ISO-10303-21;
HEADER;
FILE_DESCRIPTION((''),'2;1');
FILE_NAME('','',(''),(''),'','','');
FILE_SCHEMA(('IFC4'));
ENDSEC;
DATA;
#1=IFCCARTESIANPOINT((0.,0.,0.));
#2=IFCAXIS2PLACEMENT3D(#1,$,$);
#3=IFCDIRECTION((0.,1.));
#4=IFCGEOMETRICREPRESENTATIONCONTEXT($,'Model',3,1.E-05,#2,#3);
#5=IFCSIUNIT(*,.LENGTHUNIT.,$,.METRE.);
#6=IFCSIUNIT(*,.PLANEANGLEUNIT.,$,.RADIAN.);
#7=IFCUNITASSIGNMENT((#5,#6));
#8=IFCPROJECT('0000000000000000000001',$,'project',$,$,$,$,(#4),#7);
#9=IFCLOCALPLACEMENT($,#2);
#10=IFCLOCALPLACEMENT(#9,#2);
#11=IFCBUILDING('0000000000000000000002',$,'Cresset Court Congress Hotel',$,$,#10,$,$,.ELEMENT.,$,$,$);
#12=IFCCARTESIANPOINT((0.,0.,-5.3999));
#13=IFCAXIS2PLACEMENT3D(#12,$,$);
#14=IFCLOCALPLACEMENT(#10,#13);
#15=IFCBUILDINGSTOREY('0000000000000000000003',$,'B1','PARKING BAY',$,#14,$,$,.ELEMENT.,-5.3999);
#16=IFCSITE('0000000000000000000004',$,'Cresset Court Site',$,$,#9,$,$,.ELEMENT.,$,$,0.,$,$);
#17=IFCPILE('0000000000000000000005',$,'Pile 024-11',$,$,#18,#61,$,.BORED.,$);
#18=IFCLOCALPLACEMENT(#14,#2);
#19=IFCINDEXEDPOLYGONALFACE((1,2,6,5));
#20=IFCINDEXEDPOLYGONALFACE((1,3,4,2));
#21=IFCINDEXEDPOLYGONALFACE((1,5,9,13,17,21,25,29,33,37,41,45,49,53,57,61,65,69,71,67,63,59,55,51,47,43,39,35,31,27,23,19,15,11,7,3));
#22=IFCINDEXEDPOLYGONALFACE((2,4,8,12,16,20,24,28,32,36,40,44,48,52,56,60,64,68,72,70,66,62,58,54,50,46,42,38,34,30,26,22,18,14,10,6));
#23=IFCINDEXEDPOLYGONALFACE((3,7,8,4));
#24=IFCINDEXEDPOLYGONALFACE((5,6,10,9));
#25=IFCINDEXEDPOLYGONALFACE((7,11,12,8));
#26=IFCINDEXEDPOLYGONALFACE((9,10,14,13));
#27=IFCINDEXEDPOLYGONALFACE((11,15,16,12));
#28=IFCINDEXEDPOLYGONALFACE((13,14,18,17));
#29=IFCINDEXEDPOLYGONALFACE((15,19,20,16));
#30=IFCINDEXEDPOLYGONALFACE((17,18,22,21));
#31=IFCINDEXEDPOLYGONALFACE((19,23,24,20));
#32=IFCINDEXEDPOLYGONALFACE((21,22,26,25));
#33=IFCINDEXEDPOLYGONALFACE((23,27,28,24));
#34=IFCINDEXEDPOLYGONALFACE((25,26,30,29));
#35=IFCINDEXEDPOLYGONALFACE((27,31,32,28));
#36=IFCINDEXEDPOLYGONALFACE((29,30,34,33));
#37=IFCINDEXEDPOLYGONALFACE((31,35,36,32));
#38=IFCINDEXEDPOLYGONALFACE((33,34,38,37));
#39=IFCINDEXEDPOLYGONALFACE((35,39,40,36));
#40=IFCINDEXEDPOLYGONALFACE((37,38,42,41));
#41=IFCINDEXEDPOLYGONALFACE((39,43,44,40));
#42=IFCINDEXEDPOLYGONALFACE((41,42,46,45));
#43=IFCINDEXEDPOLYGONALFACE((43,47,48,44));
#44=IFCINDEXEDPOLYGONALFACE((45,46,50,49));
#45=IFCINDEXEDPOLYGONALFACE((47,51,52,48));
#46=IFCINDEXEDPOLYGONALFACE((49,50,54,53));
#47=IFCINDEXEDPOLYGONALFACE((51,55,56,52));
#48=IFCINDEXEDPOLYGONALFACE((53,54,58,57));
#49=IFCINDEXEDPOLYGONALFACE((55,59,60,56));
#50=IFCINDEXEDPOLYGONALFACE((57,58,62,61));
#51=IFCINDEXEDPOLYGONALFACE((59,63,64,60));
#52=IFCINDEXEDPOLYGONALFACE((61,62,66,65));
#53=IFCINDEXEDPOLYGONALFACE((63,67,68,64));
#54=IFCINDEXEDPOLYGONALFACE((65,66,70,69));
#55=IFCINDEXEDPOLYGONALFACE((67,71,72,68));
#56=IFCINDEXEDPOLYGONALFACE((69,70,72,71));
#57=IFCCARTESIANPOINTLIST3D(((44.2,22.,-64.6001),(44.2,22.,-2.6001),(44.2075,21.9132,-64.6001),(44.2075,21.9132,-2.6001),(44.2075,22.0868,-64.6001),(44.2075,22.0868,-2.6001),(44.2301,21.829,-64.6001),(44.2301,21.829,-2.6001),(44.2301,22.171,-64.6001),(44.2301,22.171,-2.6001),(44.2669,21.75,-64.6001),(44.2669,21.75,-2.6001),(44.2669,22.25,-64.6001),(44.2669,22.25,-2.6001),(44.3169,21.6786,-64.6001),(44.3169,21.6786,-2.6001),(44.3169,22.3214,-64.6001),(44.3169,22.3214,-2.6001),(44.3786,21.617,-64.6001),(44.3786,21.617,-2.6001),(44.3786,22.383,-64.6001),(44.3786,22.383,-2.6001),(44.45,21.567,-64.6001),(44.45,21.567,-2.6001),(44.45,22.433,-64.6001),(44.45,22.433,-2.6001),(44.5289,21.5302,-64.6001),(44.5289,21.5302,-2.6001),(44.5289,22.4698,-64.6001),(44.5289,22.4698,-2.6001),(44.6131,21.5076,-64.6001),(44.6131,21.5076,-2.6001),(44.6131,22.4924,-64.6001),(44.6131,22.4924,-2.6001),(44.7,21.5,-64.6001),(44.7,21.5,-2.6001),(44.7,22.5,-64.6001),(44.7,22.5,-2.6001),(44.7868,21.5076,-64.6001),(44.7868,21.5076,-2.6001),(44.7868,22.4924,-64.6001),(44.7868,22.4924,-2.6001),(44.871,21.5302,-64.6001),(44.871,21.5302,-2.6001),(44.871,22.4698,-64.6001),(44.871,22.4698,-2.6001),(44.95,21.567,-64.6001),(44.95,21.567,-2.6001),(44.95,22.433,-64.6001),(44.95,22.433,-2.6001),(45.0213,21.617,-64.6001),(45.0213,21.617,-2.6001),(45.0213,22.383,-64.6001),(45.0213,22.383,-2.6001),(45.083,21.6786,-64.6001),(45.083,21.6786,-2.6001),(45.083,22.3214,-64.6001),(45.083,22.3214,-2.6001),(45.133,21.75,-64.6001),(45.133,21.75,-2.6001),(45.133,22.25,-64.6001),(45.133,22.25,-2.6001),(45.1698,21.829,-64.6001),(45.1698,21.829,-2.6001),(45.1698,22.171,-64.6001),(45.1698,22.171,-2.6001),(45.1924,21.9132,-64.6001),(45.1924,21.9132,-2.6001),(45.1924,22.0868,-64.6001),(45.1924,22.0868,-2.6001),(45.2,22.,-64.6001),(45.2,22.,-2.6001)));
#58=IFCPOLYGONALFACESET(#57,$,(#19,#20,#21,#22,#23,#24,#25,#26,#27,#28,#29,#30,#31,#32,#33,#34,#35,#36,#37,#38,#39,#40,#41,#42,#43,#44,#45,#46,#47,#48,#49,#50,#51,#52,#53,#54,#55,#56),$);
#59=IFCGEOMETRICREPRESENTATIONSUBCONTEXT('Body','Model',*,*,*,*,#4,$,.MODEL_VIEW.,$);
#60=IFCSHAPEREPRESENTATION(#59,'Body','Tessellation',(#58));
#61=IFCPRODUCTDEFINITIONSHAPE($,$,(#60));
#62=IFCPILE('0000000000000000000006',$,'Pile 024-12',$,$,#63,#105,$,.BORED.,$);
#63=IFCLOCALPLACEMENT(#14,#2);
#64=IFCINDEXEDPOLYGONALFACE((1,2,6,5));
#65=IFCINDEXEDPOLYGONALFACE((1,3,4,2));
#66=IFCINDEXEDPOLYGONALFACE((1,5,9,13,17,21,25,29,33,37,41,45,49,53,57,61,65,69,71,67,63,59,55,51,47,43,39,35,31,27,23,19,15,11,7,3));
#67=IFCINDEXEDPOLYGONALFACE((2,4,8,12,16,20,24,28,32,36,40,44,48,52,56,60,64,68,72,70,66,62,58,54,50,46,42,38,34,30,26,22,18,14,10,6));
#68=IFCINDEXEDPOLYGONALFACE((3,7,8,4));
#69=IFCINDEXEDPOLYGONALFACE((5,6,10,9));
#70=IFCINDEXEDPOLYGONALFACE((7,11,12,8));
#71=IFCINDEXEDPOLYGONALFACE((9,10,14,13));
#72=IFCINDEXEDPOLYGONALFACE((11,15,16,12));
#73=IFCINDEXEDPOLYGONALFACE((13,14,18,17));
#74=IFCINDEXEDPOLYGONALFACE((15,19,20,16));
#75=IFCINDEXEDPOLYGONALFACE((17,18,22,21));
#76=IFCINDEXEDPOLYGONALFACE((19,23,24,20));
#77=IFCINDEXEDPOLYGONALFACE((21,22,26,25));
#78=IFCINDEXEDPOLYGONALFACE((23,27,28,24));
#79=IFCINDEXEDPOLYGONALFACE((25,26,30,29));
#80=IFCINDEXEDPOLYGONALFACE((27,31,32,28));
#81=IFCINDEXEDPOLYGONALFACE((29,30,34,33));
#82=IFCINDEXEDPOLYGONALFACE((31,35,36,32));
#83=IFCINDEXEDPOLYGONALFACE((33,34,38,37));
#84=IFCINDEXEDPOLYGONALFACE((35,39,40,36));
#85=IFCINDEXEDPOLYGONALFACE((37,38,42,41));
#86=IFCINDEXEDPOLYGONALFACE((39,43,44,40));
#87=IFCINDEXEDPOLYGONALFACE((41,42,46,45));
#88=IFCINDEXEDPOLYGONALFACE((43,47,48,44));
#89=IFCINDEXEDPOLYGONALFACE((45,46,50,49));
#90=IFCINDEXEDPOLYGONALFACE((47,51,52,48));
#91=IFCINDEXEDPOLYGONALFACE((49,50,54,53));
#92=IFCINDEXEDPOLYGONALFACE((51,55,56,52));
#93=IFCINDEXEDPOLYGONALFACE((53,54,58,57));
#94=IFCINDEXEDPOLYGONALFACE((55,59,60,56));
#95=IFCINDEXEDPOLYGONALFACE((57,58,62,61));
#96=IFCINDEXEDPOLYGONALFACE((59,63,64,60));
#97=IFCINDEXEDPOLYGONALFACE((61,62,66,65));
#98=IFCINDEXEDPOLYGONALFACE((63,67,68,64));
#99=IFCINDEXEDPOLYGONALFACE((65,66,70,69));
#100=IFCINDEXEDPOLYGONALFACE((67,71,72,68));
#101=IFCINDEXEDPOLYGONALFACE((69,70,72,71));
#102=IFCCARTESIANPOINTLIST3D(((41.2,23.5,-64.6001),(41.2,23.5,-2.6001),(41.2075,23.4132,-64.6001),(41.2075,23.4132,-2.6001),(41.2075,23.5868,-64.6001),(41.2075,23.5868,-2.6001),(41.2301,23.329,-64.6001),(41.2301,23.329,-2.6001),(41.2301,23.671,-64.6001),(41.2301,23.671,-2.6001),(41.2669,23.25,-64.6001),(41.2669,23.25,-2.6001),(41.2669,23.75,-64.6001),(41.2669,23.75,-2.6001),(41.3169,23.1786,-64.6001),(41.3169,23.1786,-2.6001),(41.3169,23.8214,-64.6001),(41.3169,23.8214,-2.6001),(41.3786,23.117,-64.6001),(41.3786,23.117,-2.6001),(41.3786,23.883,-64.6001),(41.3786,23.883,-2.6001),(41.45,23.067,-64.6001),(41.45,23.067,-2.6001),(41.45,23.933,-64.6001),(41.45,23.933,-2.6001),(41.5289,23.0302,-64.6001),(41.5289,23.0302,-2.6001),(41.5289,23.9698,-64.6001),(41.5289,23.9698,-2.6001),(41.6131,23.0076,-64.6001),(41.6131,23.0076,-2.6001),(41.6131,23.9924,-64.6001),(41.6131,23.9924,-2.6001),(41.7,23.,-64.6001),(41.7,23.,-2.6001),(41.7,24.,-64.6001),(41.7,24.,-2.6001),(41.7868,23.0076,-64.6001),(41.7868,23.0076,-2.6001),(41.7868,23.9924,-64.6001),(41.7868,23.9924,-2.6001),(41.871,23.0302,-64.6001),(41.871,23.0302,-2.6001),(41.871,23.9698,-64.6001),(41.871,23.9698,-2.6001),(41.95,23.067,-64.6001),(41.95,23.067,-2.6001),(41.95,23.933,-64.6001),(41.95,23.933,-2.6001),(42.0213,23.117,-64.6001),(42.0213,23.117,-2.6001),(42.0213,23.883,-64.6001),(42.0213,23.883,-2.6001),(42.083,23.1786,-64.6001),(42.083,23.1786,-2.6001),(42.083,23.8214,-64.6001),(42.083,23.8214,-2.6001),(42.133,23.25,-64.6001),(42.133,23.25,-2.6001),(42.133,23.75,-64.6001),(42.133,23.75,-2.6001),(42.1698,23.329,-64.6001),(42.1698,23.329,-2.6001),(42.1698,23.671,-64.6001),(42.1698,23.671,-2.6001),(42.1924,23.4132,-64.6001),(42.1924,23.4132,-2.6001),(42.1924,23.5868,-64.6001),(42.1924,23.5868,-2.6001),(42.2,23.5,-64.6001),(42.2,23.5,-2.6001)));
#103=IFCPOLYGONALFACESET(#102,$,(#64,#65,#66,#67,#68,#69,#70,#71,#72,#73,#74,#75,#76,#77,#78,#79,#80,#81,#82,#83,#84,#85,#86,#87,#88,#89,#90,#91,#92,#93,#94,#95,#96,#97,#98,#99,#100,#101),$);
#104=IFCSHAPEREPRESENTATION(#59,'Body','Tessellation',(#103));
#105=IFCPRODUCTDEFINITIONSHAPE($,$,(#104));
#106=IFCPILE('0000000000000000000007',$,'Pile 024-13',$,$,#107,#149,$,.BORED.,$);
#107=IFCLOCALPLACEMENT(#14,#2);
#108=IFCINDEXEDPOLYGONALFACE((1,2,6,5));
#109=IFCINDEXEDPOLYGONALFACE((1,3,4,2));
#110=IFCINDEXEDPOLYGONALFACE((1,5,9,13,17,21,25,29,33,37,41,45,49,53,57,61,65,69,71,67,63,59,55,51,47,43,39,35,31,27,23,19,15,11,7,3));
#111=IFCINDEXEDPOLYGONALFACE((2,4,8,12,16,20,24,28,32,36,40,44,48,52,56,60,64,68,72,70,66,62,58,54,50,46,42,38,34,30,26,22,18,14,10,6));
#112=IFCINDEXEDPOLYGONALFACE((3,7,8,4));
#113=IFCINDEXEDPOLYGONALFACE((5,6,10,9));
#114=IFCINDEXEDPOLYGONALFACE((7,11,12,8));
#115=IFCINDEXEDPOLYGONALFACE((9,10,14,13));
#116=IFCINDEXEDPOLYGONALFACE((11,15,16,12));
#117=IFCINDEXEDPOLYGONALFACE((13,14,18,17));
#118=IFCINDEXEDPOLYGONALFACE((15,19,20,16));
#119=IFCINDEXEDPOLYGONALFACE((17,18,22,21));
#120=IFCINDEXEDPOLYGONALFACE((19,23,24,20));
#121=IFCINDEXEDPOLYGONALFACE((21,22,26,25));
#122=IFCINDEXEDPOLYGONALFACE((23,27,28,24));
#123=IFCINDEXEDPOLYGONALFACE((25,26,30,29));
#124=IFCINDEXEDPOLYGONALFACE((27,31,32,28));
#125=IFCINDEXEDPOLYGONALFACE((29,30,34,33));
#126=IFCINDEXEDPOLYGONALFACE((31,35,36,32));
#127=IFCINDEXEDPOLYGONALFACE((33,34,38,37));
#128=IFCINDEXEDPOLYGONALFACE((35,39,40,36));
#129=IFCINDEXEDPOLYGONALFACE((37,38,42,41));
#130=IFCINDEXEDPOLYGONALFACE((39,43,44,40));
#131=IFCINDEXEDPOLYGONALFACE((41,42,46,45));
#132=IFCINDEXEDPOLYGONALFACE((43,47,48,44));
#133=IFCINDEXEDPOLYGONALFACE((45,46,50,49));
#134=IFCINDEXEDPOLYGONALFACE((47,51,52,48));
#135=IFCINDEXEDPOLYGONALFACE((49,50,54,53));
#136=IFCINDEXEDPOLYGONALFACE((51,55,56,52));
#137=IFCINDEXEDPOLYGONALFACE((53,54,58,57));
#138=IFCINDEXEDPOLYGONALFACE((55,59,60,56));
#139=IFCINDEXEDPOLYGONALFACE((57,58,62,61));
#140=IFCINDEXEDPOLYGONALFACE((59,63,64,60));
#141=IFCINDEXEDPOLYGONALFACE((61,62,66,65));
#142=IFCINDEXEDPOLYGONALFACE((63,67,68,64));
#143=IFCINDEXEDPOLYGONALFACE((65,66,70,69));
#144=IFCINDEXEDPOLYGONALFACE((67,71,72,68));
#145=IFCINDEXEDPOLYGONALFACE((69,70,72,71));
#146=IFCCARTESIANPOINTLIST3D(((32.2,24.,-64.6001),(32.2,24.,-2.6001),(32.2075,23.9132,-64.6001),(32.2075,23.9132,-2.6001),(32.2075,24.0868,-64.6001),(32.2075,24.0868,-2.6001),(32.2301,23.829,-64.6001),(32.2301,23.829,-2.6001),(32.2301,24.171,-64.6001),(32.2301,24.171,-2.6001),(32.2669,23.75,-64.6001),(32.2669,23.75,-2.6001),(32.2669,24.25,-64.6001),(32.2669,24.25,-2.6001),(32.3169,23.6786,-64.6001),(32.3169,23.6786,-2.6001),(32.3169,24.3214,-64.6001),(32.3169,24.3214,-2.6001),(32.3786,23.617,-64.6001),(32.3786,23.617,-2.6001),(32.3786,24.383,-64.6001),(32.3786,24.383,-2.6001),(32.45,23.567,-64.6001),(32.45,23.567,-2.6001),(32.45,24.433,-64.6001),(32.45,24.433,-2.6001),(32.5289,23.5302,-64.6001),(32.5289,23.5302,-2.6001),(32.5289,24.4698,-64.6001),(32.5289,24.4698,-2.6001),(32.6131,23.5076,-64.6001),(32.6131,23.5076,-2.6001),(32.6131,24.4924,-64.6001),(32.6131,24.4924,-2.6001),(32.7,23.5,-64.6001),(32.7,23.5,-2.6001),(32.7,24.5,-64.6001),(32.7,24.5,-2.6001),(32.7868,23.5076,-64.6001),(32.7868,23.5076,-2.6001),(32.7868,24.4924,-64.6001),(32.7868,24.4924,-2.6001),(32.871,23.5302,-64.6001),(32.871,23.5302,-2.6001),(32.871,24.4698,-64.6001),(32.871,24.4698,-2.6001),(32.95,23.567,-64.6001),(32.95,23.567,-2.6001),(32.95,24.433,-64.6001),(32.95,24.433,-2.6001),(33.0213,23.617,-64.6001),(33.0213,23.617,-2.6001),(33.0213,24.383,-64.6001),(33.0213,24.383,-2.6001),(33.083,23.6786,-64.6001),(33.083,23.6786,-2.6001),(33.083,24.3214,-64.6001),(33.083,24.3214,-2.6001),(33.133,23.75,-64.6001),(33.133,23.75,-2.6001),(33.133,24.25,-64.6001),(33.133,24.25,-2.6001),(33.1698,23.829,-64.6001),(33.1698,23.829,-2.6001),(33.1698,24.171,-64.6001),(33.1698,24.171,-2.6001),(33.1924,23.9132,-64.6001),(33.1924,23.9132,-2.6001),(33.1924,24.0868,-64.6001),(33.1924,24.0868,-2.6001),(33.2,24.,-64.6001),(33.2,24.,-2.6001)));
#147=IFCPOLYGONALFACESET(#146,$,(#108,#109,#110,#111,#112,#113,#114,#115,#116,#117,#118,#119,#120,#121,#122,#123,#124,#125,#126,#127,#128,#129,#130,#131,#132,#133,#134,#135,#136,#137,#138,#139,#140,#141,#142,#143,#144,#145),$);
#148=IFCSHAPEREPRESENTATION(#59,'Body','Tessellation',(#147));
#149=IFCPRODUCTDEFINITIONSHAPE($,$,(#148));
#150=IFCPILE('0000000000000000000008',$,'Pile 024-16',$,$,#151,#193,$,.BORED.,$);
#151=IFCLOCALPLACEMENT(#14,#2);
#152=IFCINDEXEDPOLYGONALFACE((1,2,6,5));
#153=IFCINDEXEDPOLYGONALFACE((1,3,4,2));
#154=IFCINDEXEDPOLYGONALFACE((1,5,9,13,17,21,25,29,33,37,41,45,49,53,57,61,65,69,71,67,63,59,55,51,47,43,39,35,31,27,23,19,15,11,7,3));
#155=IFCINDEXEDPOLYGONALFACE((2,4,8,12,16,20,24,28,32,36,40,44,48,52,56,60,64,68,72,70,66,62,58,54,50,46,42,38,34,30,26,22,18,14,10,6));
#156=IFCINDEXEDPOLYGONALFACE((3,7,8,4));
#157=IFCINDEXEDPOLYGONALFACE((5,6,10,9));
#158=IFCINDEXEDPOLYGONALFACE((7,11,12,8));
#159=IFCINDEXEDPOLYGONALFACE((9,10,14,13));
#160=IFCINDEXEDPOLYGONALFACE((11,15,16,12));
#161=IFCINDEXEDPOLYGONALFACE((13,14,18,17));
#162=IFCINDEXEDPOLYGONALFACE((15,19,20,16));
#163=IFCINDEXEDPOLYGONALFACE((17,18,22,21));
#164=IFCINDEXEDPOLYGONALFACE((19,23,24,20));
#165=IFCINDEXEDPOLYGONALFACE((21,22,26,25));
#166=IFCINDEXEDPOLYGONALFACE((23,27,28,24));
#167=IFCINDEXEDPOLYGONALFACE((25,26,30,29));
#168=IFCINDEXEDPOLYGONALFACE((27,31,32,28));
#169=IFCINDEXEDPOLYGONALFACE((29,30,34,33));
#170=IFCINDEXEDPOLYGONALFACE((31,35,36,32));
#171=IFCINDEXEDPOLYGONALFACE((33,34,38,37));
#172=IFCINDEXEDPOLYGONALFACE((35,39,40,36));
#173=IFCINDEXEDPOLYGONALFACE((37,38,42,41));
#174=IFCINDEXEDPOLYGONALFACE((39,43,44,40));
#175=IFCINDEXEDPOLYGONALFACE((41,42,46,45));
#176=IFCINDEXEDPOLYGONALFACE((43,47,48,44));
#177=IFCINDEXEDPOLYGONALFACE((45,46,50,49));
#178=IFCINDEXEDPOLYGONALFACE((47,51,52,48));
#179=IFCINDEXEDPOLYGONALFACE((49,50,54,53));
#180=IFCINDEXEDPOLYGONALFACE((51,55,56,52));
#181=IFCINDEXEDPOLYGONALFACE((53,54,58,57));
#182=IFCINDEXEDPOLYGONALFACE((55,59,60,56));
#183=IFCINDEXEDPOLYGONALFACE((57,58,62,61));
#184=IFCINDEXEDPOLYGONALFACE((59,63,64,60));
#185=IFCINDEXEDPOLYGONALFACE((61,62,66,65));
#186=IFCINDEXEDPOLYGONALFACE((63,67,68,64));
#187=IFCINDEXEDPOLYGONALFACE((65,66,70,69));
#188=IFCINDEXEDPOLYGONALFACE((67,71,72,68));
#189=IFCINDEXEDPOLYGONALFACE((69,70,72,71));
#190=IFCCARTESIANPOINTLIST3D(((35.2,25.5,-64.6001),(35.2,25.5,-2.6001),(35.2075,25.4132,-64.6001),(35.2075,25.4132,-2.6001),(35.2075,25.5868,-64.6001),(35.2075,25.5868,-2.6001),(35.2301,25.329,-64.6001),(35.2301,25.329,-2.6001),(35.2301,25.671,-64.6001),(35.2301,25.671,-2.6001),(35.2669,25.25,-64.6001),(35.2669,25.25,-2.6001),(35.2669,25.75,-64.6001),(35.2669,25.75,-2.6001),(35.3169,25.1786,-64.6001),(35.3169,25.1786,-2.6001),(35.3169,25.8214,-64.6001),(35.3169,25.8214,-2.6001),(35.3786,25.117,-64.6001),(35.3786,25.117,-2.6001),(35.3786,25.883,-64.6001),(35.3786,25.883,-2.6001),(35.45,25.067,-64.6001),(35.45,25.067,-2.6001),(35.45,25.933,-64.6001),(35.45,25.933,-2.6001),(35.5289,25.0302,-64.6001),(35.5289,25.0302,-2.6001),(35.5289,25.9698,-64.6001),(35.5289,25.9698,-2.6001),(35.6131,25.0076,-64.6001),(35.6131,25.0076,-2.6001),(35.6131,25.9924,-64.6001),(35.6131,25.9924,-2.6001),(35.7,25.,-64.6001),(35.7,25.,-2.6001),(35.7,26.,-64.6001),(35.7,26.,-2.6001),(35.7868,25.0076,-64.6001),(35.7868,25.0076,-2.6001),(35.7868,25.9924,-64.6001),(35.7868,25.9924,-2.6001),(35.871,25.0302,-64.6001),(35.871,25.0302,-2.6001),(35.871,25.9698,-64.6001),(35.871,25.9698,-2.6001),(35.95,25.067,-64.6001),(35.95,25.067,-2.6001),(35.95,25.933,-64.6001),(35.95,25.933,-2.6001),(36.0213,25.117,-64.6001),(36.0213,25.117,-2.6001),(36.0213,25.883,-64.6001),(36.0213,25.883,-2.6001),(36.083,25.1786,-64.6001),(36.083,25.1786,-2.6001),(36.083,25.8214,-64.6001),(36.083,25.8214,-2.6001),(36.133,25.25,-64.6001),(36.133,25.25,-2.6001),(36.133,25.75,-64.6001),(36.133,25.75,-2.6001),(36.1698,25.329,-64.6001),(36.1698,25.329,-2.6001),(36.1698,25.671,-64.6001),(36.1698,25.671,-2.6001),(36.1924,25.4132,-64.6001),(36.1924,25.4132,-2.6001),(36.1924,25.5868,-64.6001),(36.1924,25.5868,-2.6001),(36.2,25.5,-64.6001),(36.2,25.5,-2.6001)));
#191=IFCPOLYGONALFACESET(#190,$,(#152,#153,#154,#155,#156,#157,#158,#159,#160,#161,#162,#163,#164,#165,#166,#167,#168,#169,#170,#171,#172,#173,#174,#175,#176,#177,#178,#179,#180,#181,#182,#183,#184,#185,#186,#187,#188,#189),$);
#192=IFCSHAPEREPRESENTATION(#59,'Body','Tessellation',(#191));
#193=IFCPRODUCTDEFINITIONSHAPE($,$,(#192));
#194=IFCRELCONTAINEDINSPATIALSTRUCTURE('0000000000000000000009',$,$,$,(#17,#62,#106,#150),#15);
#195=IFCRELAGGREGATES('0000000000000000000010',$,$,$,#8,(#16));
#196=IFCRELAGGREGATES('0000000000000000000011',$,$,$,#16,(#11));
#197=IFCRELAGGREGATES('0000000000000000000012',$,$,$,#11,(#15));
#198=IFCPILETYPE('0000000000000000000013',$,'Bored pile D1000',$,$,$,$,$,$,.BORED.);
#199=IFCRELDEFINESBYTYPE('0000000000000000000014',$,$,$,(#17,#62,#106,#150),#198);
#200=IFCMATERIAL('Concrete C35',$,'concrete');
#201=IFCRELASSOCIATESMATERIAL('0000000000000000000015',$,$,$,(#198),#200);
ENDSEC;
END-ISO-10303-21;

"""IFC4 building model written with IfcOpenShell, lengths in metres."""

from ifc_helpers import new_model, si_unit, direction, frame, origin, origin_2d, place, context, subcontext, project, spatial, circle, extrude, material, type_object, element, save


model = new_model("IFC4")

# Units and contexts
model_context = context("Model", 3, precision=1e-05, world=origin(), true_north=direction((0.0, 1.0)))
body_context = subcontext(model_context, "Body", "Model", "MODEL_VIEW")
ifc_project = project(units=[si_unit("LENGTHUNIT", "METRE"), si_unit("PLANEANGLEUNIT", "RADIAN")], contexts=[model_context])

# Site, building, storey
site_placement = place(None, origin())
site = spatial("IfcSite", under=ifc_project, at=site_placement, Name="Cresset Court Site", CompositionType="ELEMENT", RefElevation=0.0)
building_placement = place(site_placement, origin())
building = spatial("IfcBuilding", under=site, at=building_placement, Name="Cresset Court Congress Hotel", CompositionType="ELEMENT")
storey_placement = place(building_placement, frame((0.0, 0.0, -5.3999)))
storey = spatial("IfcBuildingStorey", under=building, at=storey_placement, Name="B1", Description="PARKING BAY", CompositionType="ELEMENT", Elevation=-5.3999)

# Piles
ifc_material_1 = material(Name="Concrete C35", Category="concrete")
pile_type = type_object("IfcPileType", Name="Bored pile D1000", PredefinedType="BORED", material=ifc_material_1)
for number, where, z_axis, x_axis, name in (
    (1, (44.7, 22.0, -2.6001), (0.0, 0.0, -1.0), (1.0, 0.0, 0.0), "Pile 024-11"),
    (2, (41.7, 23.5, -2.6001), (0.0, 0.0, -1.0), (1.0, 0.0, 0.0), "Pile 024-12"),
    (3, (32.7, 24.0, -2.6001), (0.0, 0.0, -1.0), (1.0, 0.0, 0.0), "Pile 024-13"),
    (4, (35.7, 25.5, -2.6001), (0.0, 0.0, -1.0), (1.0, 0.0, 0.0), "Pile 024-16"),
):
    element("IfcPile", number, at=place(storey_placement, frame(where, z_axis=z_axis, x_axis=x_axis)), inside=storey, type_object=pile_type, Name=name, PredefinedType="BORED", context=body_context, shape_type="SweptSolid", body=[
        extrude(circle(Radius=0.5, at=origin_2d()), origin(), (0.0, 0.0, 1.0), 62.0),
    ])

save(model, "model.ifc")
